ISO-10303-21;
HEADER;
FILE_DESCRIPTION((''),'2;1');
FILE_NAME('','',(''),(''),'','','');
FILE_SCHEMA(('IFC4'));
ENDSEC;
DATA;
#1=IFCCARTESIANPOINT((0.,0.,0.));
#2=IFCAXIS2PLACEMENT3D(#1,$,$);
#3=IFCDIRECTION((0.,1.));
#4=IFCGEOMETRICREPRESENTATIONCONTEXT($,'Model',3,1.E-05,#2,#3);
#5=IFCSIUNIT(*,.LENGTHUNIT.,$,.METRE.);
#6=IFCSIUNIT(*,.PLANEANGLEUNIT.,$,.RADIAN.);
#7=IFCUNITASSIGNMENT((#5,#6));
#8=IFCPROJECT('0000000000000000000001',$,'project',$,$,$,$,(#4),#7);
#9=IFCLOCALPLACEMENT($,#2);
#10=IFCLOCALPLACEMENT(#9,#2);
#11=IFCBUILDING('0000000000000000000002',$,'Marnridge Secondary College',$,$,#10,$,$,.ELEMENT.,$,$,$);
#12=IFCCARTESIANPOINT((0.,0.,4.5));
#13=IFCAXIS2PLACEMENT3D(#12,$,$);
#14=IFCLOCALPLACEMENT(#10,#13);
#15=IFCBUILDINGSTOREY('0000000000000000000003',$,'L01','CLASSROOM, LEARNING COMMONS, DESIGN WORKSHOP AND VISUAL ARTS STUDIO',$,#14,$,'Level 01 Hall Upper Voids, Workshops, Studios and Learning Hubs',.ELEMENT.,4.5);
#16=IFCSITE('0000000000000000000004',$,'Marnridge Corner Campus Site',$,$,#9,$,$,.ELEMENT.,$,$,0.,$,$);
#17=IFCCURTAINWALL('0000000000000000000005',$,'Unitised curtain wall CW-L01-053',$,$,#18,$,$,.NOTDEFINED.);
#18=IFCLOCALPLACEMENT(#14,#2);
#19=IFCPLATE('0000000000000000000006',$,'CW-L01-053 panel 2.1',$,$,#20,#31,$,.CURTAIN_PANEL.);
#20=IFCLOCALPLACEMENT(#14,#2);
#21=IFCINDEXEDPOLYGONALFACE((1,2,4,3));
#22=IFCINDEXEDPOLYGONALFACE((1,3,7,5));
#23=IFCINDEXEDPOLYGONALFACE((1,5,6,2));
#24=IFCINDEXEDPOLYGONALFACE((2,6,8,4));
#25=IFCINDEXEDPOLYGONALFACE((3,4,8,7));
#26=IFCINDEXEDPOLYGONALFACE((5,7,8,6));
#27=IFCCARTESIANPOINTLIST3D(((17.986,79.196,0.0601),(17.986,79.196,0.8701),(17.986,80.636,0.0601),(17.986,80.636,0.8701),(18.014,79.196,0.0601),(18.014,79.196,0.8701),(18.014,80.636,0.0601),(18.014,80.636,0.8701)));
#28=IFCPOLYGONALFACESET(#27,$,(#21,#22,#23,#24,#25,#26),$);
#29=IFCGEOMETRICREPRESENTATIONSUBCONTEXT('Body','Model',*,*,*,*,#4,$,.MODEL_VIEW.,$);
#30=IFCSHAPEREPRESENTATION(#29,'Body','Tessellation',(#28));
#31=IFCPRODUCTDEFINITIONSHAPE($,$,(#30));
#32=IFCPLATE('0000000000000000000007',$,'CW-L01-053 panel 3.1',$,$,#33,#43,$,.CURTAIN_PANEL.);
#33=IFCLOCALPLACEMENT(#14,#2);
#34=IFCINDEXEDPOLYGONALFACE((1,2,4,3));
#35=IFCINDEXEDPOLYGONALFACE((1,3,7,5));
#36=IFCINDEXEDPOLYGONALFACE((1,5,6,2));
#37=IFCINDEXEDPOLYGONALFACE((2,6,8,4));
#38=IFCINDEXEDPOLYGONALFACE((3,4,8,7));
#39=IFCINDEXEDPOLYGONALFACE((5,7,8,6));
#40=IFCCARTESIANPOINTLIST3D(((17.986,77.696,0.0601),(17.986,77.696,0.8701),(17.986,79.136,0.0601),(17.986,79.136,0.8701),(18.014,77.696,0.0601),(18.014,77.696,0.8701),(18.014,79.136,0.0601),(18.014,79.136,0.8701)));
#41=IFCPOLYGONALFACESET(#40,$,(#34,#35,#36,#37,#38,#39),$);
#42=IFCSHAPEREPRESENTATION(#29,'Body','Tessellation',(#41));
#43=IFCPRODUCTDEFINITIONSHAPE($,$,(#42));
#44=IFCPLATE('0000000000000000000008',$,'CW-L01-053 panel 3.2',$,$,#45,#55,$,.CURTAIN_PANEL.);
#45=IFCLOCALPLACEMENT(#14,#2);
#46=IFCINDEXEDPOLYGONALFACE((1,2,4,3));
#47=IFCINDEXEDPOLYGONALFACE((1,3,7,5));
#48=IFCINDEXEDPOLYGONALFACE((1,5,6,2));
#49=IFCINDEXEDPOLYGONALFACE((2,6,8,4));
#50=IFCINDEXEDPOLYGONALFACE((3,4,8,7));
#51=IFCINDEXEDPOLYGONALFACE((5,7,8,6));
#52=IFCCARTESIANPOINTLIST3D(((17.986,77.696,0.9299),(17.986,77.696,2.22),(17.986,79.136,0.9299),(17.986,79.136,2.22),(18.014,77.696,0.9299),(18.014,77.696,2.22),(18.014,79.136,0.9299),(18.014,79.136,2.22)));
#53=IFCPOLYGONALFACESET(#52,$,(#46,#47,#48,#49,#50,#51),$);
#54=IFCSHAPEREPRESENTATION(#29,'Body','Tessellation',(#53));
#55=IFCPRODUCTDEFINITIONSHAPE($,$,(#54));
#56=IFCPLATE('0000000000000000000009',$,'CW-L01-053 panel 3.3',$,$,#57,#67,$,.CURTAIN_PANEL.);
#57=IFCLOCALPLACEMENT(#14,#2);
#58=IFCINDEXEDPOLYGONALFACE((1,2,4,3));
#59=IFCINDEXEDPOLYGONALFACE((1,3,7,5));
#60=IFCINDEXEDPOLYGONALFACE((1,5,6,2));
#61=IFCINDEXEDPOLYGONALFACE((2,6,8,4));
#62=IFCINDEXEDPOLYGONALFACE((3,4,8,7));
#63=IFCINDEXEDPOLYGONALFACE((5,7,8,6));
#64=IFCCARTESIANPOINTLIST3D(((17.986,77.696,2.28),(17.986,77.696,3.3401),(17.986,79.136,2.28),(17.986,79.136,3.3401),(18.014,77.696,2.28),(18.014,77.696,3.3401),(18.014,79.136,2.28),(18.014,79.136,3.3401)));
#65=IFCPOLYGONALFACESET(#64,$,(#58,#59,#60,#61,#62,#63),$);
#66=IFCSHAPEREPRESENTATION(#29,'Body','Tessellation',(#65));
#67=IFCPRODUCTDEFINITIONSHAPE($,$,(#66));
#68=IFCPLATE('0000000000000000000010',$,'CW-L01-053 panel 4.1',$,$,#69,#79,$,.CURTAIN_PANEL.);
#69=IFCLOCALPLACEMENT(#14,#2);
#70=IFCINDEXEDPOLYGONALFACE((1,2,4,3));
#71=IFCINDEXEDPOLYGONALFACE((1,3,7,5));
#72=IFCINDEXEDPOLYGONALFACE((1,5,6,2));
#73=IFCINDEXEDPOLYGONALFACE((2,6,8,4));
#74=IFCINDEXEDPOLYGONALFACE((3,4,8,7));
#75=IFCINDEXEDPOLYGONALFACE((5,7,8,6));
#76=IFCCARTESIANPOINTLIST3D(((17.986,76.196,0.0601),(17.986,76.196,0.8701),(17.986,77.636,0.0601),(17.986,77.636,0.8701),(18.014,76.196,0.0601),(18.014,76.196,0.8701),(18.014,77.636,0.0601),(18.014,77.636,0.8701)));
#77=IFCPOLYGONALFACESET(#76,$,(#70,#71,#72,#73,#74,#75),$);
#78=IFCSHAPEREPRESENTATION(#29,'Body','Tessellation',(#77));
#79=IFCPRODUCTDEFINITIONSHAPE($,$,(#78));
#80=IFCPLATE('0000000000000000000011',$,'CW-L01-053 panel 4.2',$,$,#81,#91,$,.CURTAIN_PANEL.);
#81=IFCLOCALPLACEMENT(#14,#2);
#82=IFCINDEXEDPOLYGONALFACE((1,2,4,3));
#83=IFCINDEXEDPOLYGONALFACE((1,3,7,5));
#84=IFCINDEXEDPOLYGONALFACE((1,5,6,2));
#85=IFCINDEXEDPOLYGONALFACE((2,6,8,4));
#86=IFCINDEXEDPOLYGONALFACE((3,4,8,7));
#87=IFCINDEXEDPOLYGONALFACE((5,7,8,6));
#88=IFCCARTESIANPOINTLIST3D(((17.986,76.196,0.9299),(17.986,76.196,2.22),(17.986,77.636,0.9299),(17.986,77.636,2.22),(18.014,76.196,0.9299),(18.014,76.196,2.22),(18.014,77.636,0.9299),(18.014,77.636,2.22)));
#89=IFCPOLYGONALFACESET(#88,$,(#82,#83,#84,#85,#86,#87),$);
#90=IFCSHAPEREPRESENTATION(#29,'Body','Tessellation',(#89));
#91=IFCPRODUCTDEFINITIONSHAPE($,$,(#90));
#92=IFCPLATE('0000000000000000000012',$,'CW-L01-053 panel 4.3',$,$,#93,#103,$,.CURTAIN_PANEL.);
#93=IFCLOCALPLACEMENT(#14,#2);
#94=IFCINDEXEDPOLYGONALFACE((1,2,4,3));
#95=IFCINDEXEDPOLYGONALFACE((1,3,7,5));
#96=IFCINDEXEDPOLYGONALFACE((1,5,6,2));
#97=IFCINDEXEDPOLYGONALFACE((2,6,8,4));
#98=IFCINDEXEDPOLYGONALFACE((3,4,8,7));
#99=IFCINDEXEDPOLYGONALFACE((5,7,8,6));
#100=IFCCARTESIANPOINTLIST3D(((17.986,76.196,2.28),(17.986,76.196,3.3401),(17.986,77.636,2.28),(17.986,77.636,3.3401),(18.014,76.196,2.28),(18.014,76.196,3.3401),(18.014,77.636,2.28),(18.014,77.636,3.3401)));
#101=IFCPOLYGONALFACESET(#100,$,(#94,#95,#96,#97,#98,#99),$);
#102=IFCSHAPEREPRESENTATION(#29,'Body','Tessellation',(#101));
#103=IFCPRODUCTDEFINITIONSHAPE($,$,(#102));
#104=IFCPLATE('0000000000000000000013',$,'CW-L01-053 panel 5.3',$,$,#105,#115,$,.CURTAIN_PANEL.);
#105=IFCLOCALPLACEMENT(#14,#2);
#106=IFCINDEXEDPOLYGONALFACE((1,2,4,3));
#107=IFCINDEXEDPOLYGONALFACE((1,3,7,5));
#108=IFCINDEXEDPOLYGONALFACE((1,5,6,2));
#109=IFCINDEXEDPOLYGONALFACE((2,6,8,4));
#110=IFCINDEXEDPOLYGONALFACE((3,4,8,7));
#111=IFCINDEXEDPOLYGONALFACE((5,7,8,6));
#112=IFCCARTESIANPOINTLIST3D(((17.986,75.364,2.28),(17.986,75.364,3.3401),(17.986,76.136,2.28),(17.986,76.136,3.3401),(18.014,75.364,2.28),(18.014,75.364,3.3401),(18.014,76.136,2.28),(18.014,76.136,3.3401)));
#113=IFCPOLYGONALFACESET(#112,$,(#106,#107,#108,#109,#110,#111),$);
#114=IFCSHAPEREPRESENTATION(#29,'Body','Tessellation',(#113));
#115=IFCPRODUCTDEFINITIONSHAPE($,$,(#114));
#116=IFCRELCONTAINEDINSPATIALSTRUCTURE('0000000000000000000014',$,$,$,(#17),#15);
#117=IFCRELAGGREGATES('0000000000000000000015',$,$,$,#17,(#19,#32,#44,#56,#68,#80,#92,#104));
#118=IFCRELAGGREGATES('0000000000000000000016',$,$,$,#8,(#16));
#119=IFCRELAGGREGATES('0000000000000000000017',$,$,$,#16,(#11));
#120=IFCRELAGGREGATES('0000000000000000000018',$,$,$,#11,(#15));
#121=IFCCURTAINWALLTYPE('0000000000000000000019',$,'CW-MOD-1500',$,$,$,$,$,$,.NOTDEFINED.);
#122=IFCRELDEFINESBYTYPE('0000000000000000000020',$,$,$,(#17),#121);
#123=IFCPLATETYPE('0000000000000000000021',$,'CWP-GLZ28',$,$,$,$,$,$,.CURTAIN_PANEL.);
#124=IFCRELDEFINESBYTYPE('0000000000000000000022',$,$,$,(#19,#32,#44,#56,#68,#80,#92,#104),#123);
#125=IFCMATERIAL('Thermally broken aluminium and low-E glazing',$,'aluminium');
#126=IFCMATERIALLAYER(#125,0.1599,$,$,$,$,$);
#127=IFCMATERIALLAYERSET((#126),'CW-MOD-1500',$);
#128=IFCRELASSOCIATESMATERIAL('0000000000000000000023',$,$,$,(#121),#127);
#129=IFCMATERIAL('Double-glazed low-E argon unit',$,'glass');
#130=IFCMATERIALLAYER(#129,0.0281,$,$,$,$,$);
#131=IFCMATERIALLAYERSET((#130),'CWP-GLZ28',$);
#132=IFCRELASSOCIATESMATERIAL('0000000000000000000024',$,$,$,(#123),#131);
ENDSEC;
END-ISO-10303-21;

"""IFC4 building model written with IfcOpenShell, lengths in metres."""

from ifc_helpers import new_model, si_unit, direction, frame, origin, origin_2d, place, context, subcontext, project, spatial, rectangle, extrude, material, layer, layer_set, type_object, element, aggregate, save


model = new_model("IFC4")

# Units and contexts
model_context = context("Model", 3, precision=1e-05, world=origin(), true_north=direction((0.0, 1.0)))
body_context = subcontext(model_context, "Body", "Model", "MODEL_VIEW")
ifc_project = project(units=[si_unit("LENGTHUNIT", "METRE"), si_unit("PLANEANGLEUNIT", "RADIAN")], contexts=[model_context])

# Site, building, storey
site_placement = place(None, origin())
site = spatial("IfcSite", under=ifc_project, at=site_placement, Name="Marnridge Corner Campus Site", CompositionType="ELEMENT", RefElevation=0.0)
building_placement = place(site_placement, origin())
building = spatial("IfcBuilding", under=site, at=building_placement, Name="Marnridge Secondary College", CompositionType="ELEMENT")
storey_placement = place(building_placement, frame((0.0, 0.0, 4.5)))
storey = spatial("IfcBuildingStorey", under=building, at=storey_placement, Name="L01", Description="CLASSROOM, LEARNING COMMONS, DESIGN WORKSHOP AND VISUAL ARTS STUDIO", LongName="Level 01 Hall Upper Voids, Workshops, Studios and Learning Hubs", CompositionType="ELEMENT", Elevation=4.5)

# Curtain wall, plates
ifc_material_1 = material(Name="Thermally broken aluminium and low-E glazing", Category="aluminium")
ifc_layer_1 = layer(ifc_material_1, 0.1599)
ifc_layer_set_1 = layer_set([ifc_layer_1], Name="CW-MOD-1500")
curtain_wall_type = type_object("IfcCurtainWallType", Name="CW-MOD-1500", PredefinedType="NOTDEFINED", material=ifc_layer_set_1)
curtain_wall_placement = place(storey_placement, origin())
curtain_wall = element("IfcCurtainWall", 1, at=curtain_wall_placement, inside=storey, type_object=curtain_wall_type, Name="Unitised curtain wall CW-L01-053", PredefinedType="NOTDEFINED")
ifc_material_2 = material(Name="Double-glazed low-E argon unit", Category="glass")
ifc_layer_2 = layer(ifc_material_2, 0.0281)
ifc_layer_set_2 = layer_set([ifc_layer_2], Name="CWP-GLZ28")
plate_type = type_object("IfcPlateType", Name="CWP-GLZ28", PredefinedType="CURTAIN_PANEL", material=ifc_layer_set_2)
plate_1_placement = place(storey_placement, frame((18.0, 79.916, 0.0601), z_axis=(0.0, 0.0, 1.0), x_axis=(0.0, -1.0, 0.0)))
plate_1 = element("IfcPlate", 2, at=plate_1_placement, type_object=plate_type, Name="CW-L01-053 panel 2.1", PredefinedType="CURTAIN_PANEL", context=body_context, shape_type="SweptSolid", body=[
    extrude(rectangle(XDim=1.4399, YDim=0.0281, at=origin_2d()), origin(), (0.0, 0.0, 1.0), 0.8101),
])
plate_2_placement = place(storey_placement, frame((18.0, 78.416, 0.0601), z_axis=(0.0, 0.0, 1.0), x_axis=(0.0, -1.0, 0.0)))
plate_2 = element("IfcPlate", 3, at=plate_2_placement, type_object=plate_type, Name="CW-L01-053 panel 3.1", PredefinedType="CURTAIN_PANEL", context=body_context, shape_type="SweptSolid", body=[
    extrude(rectangle(XDim=1.4399, YDim=0.0281, at=origin_2d()), origin(), (0.0, 0.0, 1.0), 0.8101),
])
plate_3_placement = place(storey_placement, frame((18.0, 78.416, 0.9299), z_axis=(0.0, 0.0, 1.0), x_axis=(0.0, -1.0, 0.0)))
plate_3 = element("IfcPlate", 4, at=plate_3_placement, type_object=plate_type, Name="CW-L01-053 panel 3.2", PredefinedType="CURTAIN_PANEL", context=body_context, shape_type="SweptSolid", body=[
    extrude(rectangle(XDim=1.4399, YDim=0.0281, at=origin_2d()), origin(), (0.0, 0.0, 1.0), 1.29),
])
plate_4_placement = place(storey_placement, frame((18.0, 78.416, 2.28), z_axis=(0.0, 0.0, 1.0), x_axis=(0.0, -1.0, 0.0)))
plate_4 = element("IfcPlate", 5, at=plate_4_placement, type_object=plate_type, Name="CW-L01-053 panel 3.3", PredefinedType="CURTAIN_PANEL", context=body_context, shape_type="SweptSolid", body=[
    extrude(rectangle(XDim=1.4399, YDim=0.0281, at=origin_2d()), origin(), (0.0, 0.0, 1.0), 1.0601),
])
plate_5_placement = place(storey_placement, frame((18.0, 76.916, 0.0601), z_axis=(0.0, 0.0, 1.0), x_axis=(0.0, -1.0, 0.0)))
plate_5 = element("IfcPlate", 6, at=plate_5_placement, type_object=plate_type, Name="CW-L01-053 panel 4.1", PredefinedType="CURTAIN_PANEL", context=body_context, shape_type="SweptSolid", body=[
    extrude(rectangle(XDim=1.4399, YDim=0.0281, at=origin_2d()), origin(), (0.0, 0.0, 1.0), 0.8101),
])
plate_6_placement = place(storey_placement, frame((18.0, 76.916, 0.9299), z_axis=(0.0, 0.0, 1.0), x_axis=(0.0, -1.0, 0.0)))
plate_6 = element("IfcPlate", 7, at=plate_6_placement, type_object=plate_type, Name="CW-L01-053 panel 4.2", PredefinedType="CURTAIN_PANEL", context=body_context, shape_type="SweptSolid", body=[
    extrude(rectangle(XDim=1.4399, YDim=0.0281, at=origin_2d()), origin(), (0.0, 0.0, 1.0), 1.29),
])
plate_7_placement = place(storey_placement, frame((18.0, 76.916, 2.28), z_axis=(0.0, 0.0, 1.0), x_axis=(0.0, -1.0, 0.0)))
plate_7 = element("IfcPlate", 8, at=plate_7_placement, type_object=plate_type, Name="CW-L01-053 panel 4.3", PredefinedType="CURTAIN_PANEL", context=body_context, shape_type="SweptSolid", body=[
    extrude(rectangle(XDim=1.4399, YDim=0.0281, at=origin_2d()), origin(), (0.0, 0.0, 1.0), 1.0601),
])
plate_8_placement = place(storey_placement, frame((18.0, 75.75, 2.28), z_axis=(0.0, 0.0, 1.0), x_axis=(0.0, -1.0, 0.0)))
plate_8 = element("IfcPlate", 9, at=plate_8_placement, type_object=plate_type, Name="CW-L01-053 panel 5.3", PredefinedType="CURTAIN_PANEL", context=body_context, shape_type="SweptSolid", body=[
    extrude(rectangle(XDim=0.772, YDim=0.0281, at=origin_2d()), origin(), (0.0, 0.0, 1.0), 1.0601),
])
aggregate(curtain_wall, [plate_1, plate_2, plate_3, plate_4, plate_5, plate_6, plate_7, plate_8])

save(model, "model.ifc")
